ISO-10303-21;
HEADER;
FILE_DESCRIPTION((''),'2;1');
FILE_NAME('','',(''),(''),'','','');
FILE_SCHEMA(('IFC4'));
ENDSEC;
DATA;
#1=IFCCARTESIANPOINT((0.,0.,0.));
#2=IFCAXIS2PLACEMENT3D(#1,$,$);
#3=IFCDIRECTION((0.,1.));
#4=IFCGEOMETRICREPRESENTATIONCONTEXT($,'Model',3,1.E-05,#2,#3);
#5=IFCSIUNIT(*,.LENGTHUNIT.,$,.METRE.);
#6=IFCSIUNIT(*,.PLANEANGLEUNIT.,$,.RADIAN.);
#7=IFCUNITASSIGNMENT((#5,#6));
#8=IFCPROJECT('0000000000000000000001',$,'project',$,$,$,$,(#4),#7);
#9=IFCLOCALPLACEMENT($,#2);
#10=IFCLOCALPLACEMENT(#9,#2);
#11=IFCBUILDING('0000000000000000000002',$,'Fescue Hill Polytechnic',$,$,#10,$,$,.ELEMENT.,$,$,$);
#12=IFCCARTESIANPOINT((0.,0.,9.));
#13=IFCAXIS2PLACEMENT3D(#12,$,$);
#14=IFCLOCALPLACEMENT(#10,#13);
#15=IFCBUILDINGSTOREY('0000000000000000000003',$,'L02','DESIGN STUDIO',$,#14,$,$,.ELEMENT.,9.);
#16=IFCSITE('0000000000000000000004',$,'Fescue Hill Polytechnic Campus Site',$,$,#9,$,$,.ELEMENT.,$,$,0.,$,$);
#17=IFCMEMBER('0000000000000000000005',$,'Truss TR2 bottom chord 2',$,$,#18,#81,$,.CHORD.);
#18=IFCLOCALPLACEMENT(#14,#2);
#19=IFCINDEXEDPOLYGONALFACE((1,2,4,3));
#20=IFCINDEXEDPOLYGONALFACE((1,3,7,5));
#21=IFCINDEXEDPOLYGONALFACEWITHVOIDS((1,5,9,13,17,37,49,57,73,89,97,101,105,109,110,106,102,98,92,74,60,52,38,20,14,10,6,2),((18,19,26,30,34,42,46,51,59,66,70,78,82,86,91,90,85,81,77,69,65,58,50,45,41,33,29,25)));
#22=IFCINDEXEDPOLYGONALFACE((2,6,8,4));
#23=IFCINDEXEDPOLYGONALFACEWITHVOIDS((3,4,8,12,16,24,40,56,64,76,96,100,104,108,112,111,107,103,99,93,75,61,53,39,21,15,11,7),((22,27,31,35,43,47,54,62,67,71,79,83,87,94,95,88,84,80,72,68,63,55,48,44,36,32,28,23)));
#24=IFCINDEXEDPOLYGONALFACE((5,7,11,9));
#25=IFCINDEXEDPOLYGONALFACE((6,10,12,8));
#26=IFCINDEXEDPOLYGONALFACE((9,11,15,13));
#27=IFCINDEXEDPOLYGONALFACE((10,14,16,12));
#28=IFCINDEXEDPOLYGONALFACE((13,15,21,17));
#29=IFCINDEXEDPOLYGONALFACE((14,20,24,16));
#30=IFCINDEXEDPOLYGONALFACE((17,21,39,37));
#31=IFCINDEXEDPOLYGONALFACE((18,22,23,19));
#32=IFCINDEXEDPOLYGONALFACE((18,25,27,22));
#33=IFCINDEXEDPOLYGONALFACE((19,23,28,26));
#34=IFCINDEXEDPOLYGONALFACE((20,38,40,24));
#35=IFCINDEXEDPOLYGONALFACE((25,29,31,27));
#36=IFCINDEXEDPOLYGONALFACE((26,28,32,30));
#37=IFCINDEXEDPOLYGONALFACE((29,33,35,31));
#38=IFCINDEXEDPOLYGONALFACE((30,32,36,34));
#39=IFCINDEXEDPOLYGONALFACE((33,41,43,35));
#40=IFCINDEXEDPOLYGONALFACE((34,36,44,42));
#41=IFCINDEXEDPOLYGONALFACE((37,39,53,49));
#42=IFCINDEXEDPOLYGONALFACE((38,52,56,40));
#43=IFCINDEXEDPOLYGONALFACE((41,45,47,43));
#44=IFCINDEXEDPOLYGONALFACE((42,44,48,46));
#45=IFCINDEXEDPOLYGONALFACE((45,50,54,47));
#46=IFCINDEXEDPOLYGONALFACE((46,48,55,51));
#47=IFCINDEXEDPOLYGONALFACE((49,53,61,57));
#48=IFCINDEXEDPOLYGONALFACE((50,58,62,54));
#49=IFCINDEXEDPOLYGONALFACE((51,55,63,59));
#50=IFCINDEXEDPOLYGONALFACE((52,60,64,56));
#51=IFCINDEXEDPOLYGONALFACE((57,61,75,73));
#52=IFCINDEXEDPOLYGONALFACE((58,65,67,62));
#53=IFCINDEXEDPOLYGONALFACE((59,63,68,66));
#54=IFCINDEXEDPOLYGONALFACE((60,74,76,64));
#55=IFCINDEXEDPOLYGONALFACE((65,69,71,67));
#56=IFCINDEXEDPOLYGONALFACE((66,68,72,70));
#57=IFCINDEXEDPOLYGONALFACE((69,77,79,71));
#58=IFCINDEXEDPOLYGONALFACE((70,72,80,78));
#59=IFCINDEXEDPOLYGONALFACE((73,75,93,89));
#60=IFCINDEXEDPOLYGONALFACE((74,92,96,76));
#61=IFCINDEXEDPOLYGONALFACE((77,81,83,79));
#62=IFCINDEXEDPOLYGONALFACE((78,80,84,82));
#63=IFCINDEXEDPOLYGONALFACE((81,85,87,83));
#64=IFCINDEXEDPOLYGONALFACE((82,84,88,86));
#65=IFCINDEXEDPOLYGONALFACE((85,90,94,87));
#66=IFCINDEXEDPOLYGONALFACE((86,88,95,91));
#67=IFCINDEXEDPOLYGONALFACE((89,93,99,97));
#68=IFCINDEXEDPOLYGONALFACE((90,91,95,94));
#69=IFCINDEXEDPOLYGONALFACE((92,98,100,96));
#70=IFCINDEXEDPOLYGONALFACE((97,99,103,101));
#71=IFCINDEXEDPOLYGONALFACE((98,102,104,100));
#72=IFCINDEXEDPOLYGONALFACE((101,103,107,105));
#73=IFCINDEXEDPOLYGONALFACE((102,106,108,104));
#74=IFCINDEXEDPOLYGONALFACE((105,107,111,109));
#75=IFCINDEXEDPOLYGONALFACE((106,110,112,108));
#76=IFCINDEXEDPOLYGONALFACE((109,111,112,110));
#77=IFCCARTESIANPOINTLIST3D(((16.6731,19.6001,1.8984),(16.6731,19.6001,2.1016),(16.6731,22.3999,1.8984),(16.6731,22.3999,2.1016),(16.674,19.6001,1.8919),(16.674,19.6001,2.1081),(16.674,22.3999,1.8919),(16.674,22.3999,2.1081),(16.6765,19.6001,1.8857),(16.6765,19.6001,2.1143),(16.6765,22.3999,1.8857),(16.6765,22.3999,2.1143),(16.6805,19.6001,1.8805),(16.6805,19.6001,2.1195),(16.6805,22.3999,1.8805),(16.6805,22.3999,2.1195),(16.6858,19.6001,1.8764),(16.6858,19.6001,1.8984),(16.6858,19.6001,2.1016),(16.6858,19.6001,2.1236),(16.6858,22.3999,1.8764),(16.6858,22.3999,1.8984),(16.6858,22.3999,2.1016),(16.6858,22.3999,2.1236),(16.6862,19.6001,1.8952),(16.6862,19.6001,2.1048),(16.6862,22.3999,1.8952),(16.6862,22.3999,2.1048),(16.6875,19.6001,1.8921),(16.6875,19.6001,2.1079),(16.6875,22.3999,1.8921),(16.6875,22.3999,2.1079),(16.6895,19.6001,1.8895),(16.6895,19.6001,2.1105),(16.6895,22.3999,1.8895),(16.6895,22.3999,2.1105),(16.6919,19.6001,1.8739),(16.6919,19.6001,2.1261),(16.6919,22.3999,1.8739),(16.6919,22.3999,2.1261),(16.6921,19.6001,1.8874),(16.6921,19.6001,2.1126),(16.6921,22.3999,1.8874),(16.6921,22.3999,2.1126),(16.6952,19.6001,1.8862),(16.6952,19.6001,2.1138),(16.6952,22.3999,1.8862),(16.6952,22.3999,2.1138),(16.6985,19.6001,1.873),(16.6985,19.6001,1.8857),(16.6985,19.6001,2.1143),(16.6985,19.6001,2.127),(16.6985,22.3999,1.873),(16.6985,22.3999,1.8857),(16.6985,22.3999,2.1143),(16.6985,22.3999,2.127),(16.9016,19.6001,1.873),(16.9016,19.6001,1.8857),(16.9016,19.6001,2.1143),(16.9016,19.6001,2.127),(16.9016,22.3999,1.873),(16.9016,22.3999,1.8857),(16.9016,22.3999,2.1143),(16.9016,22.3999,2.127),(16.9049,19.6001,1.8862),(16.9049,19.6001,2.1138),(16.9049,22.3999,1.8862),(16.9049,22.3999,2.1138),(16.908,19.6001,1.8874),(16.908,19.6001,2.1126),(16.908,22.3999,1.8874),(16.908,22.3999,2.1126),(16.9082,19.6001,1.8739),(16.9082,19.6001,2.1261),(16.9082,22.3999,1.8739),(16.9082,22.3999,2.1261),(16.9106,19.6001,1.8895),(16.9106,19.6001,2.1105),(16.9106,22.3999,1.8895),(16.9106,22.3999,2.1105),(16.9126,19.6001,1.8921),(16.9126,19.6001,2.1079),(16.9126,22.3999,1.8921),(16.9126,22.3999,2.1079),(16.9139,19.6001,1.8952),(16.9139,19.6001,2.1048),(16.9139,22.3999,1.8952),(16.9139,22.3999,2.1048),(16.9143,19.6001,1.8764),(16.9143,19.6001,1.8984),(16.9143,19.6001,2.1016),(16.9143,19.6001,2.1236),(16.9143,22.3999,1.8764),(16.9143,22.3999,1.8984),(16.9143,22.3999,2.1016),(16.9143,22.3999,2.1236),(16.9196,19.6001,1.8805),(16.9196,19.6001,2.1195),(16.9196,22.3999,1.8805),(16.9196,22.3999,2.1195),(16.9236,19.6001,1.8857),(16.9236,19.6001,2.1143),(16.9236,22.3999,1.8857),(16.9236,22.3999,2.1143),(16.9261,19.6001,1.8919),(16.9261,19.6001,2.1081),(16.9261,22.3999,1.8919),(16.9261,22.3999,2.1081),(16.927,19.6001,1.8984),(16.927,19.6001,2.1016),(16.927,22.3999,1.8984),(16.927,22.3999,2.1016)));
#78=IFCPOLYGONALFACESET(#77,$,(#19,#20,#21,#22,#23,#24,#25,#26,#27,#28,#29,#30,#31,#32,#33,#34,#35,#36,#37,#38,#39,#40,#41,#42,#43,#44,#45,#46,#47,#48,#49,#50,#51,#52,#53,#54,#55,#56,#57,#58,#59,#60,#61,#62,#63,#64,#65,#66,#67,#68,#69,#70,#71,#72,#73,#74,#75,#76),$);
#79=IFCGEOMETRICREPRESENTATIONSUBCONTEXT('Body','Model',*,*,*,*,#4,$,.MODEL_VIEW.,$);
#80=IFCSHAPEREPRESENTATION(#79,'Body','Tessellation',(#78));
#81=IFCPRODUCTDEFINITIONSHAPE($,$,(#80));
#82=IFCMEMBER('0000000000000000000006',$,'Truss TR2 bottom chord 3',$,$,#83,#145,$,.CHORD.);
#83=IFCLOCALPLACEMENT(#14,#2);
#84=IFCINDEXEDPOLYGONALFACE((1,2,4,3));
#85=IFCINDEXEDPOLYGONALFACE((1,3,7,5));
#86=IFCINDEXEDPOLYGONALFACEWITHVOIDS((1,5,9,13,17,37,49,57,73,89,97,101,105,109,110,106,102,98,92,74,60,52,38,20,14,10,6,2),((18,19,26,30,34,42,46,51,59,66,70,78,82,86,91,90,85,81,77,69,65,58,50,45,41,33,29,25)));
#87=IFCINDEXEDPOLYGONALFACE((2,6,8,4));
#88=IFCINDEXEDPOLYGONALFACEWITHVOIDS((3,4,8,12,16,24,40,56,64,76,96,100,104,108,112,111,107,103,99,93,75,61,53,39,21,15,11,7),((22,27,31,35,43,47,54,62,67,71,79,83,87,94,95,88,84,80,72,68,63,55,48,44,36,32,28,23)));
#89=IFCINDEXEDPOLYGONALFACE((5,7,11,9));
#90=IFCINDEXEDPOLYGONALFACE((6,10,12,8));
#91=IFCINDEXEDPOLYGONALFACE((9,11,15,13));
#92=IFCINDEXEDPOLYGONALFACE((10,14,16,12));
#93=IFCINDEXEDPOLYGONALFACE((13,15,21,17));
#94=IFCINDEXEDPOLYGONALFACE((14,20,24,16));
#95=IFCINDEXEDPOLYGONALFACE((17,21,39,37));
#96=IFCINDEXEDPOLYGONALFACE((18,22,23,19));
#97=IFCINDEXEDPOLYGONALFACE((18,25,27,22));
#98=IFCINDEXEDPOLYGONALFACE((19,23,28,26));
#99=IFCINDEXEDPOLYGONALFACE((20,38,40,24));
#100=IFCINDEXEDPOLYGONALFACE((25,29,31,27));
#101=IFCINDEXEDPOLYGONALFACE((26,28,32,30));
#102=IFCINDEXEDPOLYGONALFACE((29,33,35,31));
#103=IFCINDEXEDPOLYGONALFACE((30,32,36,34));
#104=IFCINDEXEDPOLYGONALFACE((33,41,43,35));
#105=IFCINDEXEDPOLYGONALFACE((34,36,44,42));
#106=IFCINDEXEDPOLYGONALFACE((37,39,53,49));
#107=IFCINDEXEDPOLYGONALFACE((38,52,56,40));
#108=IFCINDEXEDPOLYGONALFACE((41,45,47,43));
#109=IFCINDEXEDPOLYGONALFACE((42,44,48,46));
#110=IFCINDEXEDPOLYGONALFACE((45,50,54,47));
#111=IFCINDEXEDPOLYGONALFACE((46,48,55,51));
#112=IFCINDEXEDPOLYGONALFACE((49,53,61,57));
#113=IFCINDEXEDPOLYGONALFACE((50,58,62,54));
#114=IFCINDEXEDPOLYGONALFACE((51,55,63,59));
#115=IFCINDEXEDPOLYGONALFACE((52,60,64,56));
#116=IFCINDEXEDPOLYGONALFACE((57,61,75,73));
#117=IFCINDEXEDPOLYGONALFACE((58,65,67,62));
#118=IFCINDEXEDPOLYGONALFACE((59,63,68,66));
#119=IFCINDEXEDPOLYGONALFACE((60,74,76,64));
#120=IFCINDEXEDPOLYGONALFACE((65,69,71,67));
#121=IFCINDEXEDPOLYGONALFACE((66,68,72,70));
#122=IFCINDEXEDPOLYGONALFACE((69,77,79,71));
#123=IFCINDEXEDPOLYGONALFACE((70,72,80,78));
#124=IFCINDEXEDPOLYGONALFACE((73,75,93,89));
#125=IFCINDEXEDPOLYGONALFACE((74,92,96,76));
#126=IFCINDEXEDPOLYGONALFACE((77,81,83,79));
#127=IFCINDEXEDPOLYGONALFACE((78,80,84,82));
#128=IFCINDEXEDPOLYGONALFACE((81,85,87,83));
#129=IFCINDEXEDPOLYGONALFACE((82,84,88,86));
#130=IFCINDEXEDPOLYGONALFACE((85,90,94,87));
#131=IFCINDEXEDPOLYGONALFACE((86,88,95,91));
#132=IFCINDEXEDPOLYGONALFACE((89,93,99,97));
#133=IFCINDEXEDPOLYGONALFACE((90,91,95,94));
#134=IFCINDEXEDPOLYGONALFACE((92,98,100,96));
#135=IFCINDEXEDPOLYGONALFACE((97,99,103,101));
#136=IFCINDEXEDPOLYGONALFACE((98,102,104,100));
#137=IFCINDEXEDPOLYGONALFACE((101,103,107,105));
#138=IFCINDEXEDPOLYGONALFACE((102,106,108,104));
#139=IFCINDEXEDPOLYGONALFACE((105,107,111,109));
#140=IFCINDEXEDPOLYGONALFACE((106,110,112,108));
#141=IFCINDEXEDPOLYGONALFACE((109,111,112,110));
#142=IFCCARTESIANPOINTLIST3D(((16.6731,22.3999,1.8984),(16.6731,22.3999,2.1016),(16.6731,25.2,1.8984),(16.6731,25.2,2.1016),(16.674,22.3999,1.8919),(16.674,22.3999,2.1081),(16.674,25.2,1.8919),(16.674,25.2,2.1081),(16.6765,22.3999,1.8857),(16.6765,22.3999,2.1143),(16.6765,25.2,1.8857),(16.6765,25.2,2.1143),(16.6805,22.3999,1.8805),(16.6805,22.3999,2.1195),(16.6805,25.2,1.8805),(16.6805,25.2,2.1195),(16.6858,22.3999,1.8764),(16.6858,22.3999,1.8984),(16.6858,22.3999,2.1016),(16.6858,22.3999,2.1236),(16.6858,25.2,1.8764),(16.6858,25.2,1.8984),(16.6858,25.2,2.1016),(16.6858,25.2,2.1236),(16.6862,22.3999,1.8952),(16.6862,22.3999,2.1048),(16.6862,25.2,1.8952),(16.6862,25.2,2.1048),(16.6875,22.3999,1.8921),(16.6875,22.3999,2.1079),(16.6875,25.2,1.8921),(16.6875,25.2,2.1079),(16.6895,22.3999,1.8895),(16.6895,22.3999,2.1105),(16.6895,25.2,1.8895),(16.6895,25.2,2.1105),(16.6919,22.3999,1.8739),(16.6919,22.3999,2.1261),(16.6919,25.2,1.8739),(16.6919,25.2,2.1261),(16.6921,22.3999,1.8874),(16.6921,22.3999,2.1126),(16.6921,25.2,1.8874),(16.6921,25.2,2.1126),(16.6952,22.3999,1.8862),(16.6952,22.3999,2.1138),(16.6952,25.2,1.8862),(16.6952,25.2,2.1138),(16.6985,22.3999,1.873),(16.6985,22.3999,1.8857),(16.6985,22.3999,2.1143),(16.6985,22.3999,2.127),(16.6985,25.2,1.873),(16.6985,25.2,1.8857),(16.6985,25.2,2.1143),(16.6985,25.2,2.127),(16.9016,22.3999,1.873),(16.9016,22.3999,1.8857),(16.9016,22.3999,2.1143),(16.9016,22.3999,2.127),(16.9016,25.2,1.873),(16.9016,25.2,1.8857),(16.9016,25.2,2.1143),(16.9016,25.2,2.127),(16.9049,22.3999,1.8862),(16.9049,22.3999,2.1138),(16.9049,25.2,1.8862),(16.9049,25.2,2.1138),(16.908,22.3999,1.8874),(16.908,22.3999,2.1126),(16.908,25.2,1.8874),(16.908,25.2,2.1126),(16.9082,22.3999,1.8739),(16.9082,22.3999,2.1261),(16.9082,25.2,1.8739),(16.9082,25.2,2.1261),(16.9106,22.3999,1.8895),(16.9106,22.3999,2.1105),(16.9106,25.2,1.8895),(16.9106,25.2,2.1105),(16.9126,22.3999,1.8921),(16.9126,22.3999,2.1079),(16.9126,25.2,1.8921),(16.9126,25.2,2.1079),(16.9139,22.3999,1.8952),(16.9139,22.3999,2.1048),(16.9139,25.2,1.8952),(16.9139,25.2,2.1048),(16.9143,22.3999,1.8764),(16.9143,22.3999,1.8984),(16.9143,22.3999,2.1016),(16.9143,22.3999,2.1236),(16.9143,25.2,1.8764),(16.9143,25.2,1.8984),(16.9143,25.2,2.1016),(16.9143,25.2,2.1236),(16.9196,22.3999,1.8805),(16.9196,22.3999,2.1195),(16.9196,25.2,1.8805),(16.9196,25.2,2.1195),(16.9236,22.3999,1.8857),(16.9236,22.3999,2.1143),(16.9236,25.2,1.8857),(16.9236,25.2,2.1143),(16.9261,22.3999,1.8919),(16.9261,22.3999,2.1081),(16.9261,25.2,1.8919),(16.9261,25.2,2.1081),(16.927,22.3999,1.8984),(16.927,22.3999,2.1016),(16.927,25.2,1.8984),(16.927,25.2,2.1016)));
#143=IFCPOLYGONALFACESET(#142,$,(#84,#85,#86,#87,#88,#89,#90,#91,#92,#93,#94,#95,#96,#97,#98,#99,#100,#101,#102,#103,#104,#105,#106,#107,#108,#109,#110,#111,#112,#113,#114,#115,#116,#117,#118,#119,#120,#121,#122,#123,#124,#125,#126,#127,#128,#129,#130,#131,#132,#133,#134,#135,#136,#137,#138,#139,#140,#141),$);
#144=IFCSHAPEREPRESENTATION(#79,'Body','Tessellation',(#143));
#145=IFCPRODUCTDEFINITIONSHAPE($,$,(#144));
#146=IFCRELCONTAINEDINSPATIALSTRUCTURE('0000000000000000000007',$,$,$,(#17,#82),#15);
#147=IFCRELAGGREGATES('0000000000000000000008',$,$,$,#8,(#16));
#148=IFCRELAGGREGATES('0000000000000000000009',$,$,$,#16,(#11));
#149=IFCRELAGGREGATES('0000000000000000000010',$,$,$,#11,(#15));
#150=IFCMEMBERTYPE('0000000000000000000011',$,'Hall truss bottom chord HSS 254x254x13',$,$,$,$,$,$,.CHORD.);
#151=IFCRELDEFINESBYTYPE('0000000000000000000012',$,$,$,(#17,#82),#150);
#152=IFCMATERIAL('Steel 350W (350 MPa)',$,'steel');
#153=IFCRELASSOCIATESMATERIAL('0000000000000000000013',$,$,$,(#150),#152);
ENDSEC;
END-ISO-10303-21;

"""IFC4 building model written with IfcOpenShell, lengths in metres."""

from ifc_helpers import new_model, si_unit, direction, frame, origin, origin_2d, place, context, subcontext, project, spatial, hollow_rectangle, extrude, material, material_profile, profile_set, type_object, element, save


model = new_model("IFC4")

# Units and contexts
model_context = context("Model", 3, precision=1e-05, world=origin(), true_north=direction((0.0, 1.0)))
body_context = subcontext(model_context, "Body", "Model", "MODEL_VIEW")
ifc_project = project(units=[si_unit("LENGTHUNIT", "METRE"), si_unit("PLANEANGLEUNIT", "RADIAN")], contexts=[model_context])

# Site, building, storey
site_placement = place(None, origin())
site = spatial("IfcSite", under=ifc_project, at=site_placement, Name="Fescue Hill Polytechnic Campus Site", CompositionType="ELEMENT", RefElevation=0.0)
building_placement = place(site_placement, origin())
building = spatial("IfcBuilding", under=site, at=building_placement, Name="Fescue Hill Polytechnic", CompositionType="ELEMENT")
storey_placement = place(building_placement, frame((0.0, 0.0, 9.0)))
storey = spatial("IfcBuildingStorey", under=building, at=storey_placement, Name="L02", Description="DESIGN STUDIO", CompositionType="ELEMENT", Elevation=9.0)

# Members
ifc_material_1 = material(Name="Steel 350W (350 MPa)", Category="steel")
ifc_material_profile_1 = material_profile(ifc_material_1, hollow_rectangle(XDim=0.2539, YDim=0.2539, WallThickness=0.0127, InnerFilletRadius=0.0127, OuterFilletRadius=0.0254, at=origin_2d()), Name="Hall truss bottom chord HSS 254x254x13")
ifc_profile_set_1 = profile_set([ifc_material_profile_1], Name="Steel 350W (350 MPa)")
member_type_1 = type_object("IfcMemberType", Name="Hall truss bottom chord HSS 254x254x13", PredefinedType="CHORD", material=ifc_profile_set_1)
member_1_placement = place(storey_placement, frame((16.8, 19.6001, 2.0), z_axis=(0.0, 1.0, 0.0), x_axis=(-1.0, 0.0, 0.0)))
element("IfcMember", 1, at=member_1_placement, inside=storey, type_object=member_type_1, Name="Truss TR2 bottom chord 2", PredefinedType="CHORD", context=body_context, shape_type="SweptSolid", body=[
    extrude(hollow_rectangle(XDim=0.2539, YDim=0.2539, WallThickness=0.0127, InnerFilletRadius=0.0127, OuterFilletRadius=0.0254, at=origin_2d()), origin(), (0.0, 0.0, 1.0), 2.7998),
])
for number, where, z_axis, x_axis, name in (
    (2, (16.8, 22.3999, 2.0), (0.0, 1.0, 0.0), (-1.0, 0.0, 0.0), "Truss TR2 bottom chord 3"),
):
    element("IfcMember", number, at=place(storey_placement, frame(where, z_axis=z_axis, x_axis=x_axis)), inside=storey, type_object=member_type_1, Name=name, PredefinedType="CHORD", context=body_context, shape_type="SweptSolid", body=[
        extrude(hollow_rectangle(XDim=0.2539, YDim=0.2539, WallThickness=0.0127, InnerFilletRadius=0.0127, OuterFilletRadius=0.0254, at=origin_2d()), origin(), (0.0, 0.0, 1.0), 2.8),
    ])

save(model, "model.ifc")
